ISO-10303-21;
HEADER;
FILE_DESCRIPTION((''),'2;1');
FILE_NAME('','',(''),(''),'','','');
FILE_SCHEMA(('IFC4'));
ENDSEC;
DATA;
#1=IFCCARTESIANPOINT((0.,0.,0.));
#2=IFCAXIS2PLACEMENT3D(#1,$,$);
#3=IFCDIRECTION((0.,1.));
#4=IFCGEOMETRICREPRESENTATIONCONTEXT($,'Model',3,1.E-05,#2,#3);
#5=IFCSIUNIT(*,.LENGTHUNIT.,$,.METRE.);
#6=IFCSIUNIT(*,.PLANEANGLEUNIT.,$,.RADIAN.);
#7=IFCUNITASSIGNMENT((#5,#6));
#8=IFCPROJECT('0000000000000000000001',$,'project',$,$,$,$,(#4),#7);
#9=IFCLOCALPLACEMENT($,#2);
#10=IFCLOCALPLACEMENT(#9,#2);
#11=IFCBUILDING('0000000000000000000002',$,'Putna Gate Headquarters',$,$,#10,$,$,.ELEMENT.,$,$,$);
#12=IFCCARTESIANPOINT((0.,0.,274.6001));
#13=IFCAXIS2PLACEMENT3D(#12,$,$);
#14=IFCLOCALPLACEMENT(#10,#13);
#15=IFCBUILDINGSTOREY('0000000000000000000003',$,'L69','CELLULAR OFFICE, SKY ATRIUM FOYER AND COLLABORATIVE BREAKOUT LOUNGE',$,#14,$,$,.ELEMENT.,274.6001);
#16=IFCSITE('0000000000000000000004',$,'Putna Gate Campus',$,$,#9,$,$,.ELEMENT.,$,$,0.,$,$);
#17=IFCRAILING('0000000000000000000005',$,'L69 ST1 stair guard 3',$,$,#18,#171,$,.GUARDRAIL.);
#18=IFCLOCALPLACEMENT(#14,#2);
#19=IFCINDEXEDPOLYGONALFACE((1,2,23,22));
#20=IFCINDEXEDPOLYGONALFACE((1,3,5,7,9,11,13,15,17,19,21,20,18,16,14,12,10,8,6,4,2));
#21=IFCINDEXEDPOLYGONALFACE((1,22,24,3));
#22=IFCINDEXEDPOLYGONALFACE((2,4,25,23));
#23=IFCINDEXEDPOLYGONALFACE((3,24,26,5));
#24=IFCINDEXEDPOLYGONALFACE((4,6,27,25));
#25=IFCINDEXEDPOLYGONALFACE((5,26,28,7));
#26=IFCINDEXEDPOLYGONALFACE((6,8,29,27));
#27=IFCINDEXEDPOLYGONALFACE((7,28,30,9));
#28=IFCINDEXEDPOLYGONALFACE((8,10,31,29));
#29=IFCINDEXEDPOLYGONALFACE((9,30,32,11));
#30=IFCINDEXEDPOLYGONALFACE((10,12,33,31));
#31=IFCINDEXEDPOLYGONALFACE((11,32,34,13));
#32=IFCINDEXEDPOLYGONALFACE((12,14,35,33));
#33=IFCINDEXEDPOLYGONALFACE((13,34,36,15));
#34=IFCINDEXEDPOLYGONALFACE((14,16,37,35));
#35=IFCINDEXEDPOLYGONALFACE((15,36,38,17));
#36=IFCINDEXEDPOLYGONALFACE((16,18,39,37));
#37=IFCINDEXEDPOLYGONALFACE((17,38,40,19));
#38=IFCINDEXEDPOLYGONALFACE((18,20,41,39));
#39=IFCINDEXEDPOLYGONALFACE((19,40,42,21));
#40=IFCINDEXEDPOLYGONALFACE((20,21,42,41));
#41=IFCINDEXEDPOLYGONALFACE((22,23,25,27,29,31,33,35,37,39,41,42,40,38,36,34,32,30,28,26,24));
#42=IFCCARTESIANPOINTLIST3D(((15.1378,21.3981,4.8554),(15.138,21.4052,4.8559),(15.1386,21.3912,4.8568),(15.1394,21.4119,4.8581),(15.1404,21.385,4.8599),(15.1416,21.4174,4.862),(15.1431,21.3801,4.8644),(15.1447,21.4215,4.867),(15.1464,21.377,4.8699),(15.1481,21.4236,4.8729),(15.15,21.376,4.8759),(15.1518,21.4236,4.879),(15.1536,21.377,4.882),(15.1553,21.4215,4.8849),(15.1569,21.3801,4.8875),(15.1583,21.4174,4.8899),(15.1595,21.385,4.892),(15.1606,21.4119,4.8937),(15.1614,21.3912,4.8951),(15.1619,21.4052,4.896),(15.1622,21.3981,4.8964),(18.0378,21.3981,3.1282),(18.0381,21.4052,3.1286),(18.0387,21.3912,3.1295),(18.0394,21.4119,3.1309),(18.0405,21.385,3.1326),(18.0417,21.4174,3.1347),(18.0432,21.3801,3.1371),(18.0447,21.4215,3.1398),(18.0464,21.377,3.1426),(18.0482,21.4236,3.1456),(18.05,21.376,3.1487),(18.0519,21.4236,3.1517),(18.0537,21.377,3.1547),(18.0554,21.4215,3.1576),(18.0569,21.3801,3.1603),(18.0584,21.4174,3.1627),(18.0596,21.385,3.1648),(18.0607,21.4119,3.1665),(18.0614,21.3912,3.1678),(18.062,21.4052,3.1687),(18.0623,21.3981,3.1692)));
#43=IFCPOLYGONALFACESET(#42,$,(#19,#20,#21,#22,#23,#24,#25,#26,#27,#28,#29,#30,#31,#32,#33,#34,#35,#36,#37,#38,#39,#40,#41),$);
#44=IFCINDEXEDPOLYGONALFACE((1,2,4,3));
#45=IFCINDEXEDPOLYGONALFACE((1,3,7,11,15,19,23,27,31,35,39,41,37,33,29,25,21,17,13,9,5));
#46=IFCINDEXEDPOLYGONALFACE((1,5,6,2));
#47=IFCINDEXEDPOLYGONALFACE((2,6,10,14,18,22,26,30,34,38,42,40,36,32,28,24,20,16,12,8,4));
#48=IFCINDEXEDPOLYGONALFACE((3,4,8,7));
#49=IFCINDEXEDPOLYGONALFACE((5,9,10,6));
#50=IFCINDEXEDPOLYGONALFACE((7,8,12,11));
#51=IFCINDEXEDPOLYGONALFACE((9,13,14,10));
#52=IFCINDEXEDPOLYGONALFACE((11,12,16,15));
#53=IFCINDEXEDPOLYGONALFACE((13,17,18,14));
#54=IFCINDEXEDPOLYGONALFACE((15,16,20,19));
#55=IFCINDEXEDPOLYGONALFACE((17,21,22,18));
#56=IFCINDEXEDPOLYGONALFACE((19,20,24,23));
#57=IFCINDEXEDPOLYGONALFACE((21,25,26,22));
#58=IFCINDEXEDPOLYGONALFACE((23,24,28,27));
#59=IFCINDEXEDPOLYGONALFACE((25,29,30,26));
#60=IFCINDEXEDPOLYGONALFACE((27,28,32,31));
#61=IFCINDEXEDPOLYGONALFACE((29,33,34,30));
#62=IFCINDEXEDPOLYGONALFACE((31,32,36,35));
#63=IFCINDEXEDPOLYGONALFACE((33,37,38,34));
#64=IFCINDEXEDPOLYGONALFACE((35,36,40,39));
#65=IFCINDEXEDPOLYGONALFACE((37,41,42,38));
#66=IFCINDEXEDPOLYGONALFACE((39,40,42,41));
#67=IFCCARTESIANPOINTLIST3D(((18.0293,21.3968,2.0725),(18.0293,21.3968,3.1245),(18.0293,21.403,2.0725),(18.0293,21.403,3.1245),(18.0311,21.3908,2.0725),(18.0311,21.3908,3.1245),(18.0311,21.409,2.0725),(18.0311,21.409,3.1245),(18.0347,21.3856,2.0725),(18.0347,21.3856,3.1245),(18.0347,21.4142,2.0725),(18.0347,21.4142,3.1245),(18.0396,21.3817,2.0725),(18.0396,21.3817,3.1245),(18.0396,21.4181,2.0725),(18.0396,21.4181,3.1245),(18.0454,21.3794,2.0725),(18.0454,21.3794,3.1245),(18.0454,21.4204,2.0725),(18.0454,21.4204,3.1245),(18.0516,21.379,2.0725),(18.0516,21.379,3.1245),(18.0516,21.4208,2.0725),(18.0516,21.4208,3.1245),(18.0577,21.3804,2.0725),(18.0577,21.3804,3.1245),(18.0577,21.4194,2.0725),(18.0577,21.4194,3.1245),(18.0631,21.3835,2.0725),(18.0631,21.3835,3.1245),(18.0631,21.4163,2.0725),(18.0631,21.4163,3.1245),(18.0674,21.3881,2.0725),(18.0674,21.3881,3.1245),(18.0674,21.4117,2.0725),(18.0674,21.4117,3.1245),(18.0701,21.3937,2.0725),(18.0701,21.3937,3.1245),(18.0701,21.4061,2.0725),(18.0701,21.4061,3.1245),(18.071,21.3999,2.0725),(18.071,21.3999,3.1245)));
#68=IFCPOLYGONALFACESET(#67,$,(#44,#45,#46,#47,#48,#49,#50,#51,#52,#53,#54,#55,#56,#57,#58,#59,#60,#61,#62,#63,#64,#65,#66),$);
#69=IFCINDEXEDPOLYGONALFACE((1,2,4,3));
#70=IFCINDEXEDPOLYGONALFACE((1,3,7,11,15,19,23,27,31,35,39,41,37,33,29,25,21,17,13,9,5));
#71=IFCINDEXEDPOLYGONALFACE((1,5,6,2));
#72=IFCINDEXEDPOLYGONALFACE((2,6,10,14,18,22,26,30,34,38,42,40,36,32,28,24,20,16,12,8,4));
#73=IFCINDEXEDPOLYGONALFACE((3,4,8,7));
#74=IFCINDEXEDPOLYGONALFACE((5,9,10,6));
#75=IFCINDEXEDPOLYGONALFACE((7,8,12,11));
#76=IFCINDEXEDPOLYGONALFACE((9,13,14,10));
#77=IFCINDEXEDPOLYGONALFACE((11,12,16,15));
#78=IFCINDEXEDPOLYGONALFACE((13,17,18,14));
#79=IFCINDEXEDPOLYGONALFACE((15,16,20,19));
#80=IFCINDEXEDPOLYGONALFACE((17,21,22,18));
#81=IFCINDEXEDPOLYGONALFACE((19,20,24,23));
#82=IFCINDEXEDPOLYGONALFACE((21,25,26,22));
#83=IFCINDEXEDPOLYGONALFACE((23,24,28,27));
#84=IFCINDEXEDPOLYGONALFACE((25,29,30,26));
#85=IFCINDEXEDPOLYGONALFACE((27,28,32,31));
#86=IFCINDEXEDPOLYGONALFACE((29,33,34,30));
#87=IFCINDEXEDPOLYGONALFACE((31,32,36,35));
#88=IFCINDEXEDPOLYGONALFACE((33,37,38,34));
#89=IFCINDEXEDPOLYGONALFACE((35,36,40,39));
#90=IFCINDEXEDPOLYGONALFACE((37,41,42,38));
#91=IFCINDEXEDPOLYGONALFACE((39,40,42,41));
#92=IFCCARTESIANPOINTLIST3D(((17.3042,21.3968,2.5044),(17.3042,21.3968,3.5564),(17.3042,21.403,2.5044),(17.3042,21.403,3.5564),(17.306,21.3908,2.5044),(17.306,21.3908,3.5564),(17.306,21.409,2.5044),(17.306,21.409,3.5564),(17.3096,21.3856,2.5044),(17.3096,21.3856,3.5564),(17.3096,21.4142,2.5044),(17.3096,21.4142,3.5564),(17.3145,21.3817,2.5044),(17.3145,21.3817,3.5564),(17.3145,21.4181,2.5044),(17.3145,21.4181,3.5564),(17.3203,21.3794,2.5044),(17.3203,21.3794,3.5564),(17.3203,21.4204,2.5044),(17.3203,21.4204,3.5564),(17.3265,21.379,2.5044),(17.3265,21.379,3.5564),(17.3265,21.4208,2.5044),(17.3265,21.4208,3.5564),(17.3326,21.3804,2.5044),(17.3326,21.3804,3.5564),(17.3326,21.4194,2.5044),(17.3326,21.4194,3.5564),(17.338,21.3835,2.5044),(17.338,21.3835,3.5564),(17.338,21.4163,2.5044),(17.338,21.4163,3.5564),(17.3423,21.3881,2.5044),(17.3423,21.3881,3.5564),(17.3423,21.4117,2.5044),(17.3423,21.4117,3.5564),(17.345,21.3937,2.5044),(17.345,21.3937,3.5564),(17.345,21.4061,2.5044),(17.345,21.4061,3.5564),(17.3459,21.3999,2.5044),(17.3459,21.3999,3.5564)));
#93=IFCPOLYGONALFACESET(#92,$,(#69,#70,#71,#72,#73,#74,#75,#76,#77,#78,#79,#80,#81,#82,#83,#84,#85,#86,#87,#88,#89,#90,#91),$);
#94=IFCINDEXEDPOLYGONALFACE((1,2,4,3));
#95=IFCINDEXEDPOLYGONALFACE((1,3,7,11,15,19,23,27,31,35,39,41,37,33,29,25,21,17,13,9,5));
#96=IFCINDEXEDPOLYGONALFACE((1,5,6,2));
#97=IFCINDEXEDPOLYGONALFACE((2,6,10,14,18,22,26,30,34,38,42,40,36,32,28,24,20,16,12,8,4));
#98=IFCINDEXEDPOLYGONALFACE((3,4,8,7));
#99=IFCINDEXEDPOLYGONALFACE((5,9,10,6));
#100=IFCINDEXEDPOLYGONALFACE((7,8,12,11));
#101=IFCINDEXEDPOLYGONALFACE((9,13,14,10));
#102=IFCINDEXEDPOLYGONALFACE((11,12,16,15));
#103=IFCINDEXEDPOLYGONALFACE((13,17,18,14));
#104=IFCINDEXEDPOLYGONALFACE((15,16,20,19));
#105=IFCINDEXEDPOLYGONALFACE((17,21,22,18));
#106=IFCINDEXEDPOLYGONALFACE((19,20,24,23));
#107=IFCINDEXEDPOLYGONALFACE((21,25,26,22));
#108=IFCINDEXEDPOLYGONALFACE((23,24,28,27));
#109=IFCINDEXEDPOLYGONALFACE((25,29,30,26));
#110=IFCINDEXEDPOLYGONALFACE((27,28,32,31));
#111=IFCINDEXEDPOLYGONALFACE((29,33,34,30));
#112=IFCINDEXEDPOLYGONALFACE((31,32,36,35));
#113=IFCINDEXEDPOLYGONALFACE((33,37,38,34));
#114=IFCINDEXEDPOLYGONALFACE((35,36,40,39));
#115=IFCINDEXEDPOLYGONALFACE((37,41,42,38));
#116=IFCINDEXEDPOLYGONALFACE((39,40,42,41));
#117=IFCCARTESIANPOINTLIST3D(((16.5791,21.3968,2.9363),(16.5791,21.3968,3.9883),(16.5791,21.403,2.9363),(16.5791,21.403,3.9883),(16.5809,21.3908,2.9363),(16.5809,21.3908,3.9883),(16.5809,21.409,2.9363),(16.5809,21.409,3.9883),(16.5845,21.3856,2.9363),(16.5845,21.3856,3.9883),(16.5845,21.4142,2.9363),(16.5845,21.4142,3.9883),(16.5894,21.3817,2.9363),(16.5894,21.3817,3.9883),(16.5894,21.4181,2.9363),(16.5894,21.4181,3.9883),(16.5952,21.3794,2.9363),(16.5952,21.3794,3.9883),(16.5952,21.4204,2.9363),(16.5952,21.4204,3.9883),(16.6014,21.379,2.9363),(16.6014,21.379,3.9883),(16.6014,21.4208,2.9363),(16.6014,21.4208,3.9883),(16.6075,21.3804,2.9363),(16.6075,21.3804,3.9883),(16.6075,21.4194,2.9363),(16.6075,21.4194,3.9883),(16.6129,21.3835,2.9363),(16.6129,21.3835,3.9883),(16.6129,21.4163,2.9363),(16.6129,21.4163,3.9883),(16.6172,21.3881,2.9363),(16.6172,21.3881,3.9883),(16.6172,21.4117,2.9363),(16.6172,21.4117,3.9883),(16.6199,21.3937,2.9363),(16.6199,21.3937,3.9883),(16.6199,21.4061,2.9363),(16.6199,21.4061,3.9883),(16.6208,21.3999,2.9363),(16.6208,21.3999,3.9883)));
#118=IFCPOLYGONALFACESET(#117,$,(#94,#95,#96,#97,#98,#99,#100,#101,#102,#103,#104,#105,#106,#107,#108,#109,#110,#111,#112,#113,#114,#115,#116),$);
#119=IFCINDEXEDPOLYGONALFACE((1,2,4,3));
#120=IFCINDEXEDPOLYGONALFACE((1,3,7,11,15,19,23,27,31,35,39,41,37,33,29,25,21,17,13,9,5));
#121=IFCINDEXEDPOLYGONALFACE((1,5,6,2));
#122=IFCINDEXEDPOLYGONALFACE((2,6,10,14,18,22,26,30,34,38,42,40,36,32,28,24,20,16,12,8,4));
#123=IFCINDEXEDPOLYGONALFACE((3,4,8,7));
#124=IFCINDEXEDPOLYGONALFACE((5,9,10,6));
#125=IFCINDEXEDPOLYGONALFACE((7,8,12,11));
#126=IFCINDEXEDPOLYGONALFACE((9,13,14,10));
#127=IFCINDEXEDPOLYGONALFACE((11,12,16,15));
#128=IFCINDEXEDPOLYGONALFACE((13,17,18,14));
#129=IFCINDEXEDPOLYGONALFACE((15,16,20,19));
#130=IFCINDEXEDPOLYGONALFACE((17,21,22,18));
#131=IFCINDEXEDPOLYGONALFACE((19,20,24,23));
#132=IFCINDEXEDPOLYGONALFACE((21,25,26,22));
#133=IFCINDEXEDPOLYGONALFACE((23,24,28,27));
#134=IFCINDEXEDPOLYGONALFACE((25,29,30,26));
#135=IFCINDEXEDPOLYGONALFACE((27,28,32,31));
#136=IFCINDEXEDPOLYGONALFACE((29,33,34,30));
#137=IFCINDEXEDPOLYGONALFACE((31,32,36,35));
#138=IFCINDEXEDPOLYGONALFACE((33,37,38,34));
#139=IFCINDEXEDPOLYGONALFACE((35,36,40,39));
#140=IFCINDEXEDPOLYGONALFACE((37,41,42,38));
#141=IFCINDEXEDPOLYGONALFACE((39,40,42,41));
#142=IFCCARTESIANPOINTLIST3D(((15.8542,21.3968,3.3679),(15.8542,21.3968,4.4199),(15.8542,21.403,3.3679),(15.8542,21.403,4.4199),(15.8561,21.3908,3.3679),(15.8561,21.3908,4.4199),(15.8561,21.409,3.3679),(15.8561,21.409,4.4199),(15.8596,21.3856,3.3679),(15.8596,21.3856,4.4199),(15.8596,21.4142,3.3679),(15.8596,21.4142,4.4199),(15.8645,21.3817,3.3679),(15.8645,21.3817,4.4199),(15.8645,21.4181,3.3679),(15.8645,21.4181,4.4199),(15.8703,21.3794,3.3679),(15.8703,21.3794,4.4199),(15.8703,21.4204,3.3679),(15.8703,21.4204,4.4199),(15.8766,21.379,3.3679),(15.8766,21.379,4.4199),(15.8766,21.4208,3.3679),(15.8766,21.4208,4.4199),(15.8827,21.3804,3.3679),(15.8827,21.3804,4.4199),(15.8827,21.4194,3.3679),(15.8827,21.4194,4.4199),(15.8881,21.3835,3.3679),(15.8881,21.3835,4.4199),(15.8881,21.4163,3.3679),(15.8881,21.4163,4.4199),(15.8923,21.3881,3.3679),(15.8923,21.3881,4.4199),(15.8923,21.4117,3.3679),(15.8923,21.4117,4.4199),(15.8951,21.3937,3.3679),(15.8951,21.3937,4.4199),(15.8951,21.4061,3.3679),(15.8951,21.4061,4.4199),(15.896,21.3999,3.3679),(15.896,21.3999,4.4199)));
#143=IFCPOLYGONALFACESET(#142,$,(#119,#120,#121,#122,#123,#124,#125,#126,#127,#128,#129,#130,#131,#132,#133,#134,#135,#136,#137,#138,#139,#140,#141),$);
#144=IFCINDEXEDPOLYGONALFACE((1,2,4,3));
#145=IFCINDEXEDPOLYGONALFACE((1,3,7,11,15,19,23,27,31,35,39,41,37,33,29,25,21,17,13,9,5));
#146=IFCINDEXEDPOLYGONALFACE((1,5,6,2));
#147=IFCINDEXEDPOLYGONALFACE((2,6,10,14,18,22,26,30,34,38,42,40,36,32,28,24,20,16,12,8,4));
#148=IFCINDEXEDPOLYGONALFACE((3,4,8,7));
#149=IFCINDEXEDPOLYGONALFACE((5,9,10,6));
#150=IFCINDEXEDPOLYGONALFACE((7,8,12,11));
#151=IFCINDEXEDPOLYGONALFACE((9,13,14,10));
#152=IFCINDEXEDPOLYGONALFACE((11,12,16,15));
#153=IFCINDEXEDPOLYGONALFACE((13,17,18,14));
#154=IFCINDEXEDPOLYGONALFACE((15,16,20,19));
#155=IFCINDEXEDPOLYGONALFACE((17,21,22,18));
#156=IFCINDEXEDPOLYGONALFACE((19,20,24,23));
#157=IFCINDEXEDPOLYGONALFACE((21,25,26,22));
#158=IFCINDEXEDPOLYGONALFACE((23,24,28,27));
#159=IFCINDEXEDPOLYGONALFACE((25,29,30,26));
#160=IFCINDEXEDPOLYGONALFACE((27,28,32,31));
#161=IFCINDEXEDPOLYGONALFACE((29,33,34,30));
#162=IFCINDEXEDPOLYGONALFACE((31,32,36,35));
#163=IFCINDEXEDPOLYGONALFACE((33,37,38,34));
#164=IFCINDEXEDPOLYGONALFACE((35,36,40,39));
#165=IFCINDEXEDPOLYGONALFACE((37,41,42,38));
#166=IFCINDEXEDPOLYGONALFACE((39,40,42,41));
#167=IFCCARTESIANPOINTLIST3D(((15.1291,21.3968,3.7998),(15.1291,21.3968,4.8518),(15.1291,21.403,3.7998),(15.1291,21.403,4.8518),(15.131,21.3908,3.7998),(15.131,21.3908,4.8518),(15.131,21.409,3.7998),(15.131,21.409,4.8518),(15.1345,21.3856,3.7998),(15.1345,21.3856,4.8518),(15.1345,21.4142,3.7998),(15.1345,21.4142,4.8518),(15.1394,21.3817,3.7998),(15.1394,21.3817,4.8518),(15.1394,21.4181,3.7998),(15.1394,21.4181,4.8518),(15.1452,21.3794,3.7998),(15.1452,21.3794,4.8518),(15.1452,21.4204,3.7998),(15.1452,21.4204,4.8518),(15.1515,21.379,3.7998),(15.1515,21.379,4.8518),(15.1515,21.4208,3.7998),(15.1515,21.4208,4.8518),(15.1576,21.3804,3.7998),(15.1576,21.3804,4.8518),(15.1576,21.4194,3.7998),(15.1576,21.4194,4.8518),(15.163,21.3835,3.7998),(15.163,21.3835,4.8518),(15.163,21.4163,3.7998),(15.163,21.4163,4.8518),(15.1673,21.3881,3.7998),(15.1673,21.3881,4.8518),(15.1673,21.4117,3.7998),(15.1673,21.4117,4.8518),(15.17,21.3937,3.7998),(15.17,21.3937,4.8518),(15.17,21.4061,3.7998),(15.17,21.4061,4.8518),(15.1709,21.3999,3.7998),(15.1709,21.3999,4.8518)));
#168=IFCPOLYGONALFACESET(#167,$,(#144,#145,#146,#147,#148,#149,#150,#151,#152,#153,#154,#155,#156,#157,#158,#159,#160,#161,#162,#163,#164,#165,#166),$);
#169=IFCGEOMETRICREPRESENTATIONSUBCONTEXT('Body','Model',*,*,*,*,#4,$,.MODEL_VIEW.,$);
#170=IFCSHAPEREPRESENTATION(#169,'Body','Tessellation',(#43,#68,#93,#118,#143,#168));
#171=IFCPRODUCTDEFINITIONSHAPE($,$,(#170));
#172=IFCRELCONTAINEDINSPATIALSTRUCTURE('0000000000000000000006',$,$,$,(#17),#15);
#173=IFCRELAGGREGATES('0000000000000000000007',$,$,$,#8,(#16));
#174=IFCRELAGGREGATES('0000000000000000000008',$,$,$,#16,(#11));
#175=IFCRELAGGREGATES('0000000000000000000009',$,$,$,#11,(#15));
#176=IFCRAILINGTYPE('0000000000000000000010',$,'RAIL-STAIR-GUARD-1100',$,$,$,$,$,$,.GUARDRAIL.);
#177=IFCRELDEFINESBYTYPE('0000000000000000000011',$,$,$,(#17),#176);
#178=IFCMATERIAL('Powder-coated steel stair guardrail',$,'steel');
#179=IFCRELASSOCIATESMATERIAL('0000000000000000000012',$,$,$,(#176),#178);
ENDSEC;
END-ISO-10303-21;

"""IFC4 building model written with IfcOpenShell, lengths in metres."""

from ifc_helpers import new_model, si_unit, direction, frame, origin, origin_2d, place, context, subcontext, project, spatial, circle, extrude, material, type_object, element, save


model = new_model("IFC4")

# Units and contexts
model_context = context("Model", 3, precision=1e-05, world=origin(), true_north=direction((0.0, 1.0)))
body_context = subcontext(model_context, "Body", "Model", "MODEL_VIEW")
ifc_project = project(units=[si_unit("LENGTHUNIT", "METRE"), si_unit("PLANEANGLEUNIT", "RADIAN")], contexts=[model_context])

# Site, building, storey
site_placement = place(None, origin())
site = spatial("IfcSite", under=ifc_project, at=site_placement, Name="Putna Gate Campus", CompositionType="ELEMENT", RefElevation=0.0)
building_placement = place(site_placement, origin())
building = spatial("IfcBuilding", under=site, at=building_placement, Name="Putna Gate Headquarters", CompositionType="ELEMENT")
storey_placement = place(building_placement, frame((0.0, 0.0, 274.6001)))
storey = spatial("IfcBuildingStorey", under=building, at=storey_placement, Name="L69", Description="CELLULAR OFFICE, SKY ATRIUM FOYER AND COLLABORATIVE BREAKOUT LOUNGE", CompositionType="ELEMENT", Elevation=274.6001)

# Railing
ifc_material_1 = material(Name="Powder-coated steel stair guardrail", Category="steel")
railing_type_1 = type_object("IfcRailingType", Name="RAIL-STAIR-GUARD-1100", PredefinedType="GUARDRAIL", material=ifc_material_1)
railing_1_placement = place(storey_placement, frame((18.05, 21.3999, 2.0725)))
element("IfcRailing", 1, at=railing_1_placement, inside=storey, type_object=railing_type_1, Name="L69 ST1 stair guard 3", PredefinedType="GUARDRAIL", context=body_context, shape_type="SweptSolid", body=[
    extrude(circle(Radius=0.0239, at=origin_2d()), frame((0.0, 0.0, 1.0762), z_axis=(-0.85916, 0.0, 0.511706), x_axis=(0.0, -1.0, 0.0)), (0.0, 0.0, 1.0), 3.3755),
    extrude(circle(Radius=0.021, at=origin_2d()), origin(), (0.0, 0.0, 1.0), 1.052),
    extrude(circle(Radius=0.021, at=origin_2d()), frame((-0.7251, 0.0, 0.4319)), (0.0, 0.0, 1.0), 1.052),
    extrude(circle(Radius=0.021, at=origin_2d()), frame((-1.4502, 0.0, 0.8638)), (0.0, 0.0, 1.0), 1.052),
    extrude(circle(Radius=0.021, at=origin_2d()), frame((-2.175, 0.0, 1.2954)), (0.0, 0.0, 1.0), 1.052),
    extrude(circle(Radius=0.021, at=origin_2d()), frame((-2.9001, 0.0, 1.7273)), (0.0, 0.0, 1.0), 1.052),
])

save(model, "model.ifc")
